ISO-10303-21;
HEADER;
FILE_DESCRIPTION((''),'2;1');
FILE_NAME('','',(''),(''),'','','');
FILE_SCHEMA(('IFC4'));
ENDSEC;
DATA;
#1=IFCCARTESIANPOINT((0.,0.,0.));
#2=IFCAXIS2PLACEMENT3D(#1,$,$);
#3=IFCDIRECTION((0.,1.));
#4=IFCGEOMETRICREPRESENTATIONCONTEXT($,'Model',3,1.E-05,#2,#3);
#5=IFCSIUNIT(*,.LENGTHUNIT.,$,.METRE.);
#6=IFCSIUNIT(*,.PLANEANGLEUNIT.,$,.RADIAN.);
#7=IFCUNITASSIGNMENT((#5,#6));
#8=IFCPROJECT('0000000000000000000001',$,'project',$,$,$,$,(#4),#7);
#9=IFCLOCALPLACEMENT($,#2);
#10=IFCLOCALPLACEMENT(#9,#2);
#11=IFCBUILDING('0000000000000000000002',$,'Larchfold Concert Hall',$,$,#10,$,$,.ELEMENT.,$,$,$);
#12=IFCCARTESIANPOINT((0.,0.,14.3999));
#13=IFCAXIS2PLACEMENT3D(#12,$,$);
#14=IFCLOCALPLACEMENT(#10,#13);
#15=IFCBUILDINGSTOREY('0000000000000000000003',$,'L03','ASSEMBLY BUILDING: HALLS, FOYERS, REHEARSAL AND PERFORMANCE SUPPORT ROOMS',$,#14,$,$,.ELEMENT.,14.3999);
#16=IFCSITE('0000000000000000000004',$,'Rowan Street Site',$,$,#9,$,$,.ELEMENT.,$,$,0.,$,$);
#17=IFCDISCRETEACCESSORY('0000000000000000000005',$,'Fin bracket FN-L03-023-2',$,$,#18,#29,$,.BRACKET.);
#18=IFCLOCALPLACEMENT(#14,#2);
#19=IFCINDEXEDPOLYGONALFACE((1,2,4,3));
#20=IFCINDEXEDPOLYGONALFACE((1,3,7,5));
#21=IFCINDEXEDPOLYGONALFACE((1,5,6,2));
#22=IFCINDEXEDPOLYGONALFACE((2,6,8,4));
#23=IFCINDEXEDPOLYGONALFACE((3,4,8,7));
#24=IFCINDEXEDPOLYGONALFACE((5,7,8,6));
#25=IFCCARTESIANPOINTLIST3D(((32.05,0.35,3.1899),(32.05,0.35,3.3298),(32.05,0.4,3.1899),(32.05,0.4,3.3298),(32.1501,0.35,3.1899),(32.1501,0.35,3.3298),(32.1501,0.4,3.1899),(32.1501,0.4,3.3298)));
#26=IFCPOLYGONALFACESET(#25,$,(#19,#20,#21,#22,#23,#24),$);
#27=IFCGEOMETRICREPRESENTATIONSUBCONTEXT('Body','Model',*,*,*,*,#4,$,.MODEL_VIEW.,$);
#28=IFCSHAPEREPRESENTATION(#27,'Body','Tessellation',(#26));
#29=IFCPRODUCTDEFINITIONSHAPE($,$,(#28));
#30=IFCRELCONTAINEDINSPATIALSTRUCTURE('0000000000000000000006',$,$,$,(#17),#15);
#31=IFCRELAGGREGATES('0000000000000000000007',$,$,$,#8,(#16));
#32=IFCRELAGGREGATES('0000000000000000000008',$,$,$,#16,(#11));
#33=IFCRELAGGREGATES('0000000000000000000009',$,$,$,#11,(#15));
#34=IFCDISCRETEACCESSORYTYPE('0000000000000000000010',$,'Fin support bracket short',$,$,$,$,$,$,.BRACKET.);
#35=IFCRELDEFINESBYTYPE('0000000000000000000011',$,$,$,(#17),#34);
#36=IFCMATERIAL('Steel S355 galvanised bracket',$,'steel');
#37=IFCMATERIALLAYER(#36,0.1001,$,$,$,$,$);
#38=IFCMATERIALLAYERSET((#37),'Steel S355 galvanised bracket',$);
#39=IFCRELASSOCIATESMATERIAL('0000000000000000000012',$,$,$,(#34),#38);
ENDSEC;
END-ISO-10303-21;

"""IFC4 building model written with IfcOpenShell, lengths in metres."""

from ifc_helpers import new_model, si_unit, direction, frame, origin, origin_2d, place, context, subcontext, project, spatial, rectangle, extrude, material, layer, layer_set, type_object, element, save


model = new_model("IFC4")

# Units and contexts
model_context = context("Model", 3, precision=1e-05, world=origin(), true_north=direction((0.0, 1.0)))
body_context = subcontext(model_context, "Body", "Model", "MODEL_VIEW")
ifc_project = project(units=[si_unit("LENGTHUNIT", "METRE"), si_unit("PLANEANGLEUNIT", "RADIAN")], contexts=[model_context])

# Site, building, storey
site_placement = place(None, origin())
site = spatial("IfcSite", under=ifc_project, at=site_placement, Name="Rowan Street Site", CompositionType="ELEMENT", RefElevation=0.0)
building_placement = place(site_placement, origin())
building = spatial("IfcBuilding", under=site, at=building_placement, Name="Larchfold Concert Hall", CompositionType="ELEMENT")
storey_placement = place(building_placement, frame((0.0, 0.0, 14.3999)))
storey = spatial("IfcBuildingStorey", under=building, at=storey_placement, Name="L03", Description="ASSEMBLY BUILDING: HALLS, FOYERS, REHEARSAL AND PERFORMANCE SUPPORT ROOMS", CompositionType="ELEMENT", Elevation=14.3999)

# Discrete accessory
ifc_material_1 = material(Name="Steel S355 galvanised bracket", Category="steel")
ifc_layer_1 = layer(ifc_material_1, 0.1001)
ifc_layer_set_1 = layer_set([ifc_layer_1], Name="Steel S355 galvanised bracket")
discrete_accessory_type = type_object("IfcDiscreteAccessoryType", Name="Fin support bracket short", PredefinedType="BRACKET", material=ifc_layer_set_1)
for number, where, z_axis, x_axis, name in (
    (1, (32.1001, 0.375, 3.1899), (0.0, 0.0, 1.0), (0.0, -1.0, 0.0), "Fin bracket FN-L03-023-2"),
):
    element("IfcDiscreteAccessory", number, at=place(storey_placement, frame(where, z_axis=z_axis, x_axis=x_axis)), inside=storey, type_object=discrete_accessory_type, Name=name, PredefinedType="BRACKET", context=body_context, shape_type="SweptSolid", body=[
        extrude(rectangle(XDim=0.05, YDim=0.1001, at=origin_2d()), origin(), (0.0, 0.0, 1.0), 0.1399),
    ])

save(model, "model.ifc")
